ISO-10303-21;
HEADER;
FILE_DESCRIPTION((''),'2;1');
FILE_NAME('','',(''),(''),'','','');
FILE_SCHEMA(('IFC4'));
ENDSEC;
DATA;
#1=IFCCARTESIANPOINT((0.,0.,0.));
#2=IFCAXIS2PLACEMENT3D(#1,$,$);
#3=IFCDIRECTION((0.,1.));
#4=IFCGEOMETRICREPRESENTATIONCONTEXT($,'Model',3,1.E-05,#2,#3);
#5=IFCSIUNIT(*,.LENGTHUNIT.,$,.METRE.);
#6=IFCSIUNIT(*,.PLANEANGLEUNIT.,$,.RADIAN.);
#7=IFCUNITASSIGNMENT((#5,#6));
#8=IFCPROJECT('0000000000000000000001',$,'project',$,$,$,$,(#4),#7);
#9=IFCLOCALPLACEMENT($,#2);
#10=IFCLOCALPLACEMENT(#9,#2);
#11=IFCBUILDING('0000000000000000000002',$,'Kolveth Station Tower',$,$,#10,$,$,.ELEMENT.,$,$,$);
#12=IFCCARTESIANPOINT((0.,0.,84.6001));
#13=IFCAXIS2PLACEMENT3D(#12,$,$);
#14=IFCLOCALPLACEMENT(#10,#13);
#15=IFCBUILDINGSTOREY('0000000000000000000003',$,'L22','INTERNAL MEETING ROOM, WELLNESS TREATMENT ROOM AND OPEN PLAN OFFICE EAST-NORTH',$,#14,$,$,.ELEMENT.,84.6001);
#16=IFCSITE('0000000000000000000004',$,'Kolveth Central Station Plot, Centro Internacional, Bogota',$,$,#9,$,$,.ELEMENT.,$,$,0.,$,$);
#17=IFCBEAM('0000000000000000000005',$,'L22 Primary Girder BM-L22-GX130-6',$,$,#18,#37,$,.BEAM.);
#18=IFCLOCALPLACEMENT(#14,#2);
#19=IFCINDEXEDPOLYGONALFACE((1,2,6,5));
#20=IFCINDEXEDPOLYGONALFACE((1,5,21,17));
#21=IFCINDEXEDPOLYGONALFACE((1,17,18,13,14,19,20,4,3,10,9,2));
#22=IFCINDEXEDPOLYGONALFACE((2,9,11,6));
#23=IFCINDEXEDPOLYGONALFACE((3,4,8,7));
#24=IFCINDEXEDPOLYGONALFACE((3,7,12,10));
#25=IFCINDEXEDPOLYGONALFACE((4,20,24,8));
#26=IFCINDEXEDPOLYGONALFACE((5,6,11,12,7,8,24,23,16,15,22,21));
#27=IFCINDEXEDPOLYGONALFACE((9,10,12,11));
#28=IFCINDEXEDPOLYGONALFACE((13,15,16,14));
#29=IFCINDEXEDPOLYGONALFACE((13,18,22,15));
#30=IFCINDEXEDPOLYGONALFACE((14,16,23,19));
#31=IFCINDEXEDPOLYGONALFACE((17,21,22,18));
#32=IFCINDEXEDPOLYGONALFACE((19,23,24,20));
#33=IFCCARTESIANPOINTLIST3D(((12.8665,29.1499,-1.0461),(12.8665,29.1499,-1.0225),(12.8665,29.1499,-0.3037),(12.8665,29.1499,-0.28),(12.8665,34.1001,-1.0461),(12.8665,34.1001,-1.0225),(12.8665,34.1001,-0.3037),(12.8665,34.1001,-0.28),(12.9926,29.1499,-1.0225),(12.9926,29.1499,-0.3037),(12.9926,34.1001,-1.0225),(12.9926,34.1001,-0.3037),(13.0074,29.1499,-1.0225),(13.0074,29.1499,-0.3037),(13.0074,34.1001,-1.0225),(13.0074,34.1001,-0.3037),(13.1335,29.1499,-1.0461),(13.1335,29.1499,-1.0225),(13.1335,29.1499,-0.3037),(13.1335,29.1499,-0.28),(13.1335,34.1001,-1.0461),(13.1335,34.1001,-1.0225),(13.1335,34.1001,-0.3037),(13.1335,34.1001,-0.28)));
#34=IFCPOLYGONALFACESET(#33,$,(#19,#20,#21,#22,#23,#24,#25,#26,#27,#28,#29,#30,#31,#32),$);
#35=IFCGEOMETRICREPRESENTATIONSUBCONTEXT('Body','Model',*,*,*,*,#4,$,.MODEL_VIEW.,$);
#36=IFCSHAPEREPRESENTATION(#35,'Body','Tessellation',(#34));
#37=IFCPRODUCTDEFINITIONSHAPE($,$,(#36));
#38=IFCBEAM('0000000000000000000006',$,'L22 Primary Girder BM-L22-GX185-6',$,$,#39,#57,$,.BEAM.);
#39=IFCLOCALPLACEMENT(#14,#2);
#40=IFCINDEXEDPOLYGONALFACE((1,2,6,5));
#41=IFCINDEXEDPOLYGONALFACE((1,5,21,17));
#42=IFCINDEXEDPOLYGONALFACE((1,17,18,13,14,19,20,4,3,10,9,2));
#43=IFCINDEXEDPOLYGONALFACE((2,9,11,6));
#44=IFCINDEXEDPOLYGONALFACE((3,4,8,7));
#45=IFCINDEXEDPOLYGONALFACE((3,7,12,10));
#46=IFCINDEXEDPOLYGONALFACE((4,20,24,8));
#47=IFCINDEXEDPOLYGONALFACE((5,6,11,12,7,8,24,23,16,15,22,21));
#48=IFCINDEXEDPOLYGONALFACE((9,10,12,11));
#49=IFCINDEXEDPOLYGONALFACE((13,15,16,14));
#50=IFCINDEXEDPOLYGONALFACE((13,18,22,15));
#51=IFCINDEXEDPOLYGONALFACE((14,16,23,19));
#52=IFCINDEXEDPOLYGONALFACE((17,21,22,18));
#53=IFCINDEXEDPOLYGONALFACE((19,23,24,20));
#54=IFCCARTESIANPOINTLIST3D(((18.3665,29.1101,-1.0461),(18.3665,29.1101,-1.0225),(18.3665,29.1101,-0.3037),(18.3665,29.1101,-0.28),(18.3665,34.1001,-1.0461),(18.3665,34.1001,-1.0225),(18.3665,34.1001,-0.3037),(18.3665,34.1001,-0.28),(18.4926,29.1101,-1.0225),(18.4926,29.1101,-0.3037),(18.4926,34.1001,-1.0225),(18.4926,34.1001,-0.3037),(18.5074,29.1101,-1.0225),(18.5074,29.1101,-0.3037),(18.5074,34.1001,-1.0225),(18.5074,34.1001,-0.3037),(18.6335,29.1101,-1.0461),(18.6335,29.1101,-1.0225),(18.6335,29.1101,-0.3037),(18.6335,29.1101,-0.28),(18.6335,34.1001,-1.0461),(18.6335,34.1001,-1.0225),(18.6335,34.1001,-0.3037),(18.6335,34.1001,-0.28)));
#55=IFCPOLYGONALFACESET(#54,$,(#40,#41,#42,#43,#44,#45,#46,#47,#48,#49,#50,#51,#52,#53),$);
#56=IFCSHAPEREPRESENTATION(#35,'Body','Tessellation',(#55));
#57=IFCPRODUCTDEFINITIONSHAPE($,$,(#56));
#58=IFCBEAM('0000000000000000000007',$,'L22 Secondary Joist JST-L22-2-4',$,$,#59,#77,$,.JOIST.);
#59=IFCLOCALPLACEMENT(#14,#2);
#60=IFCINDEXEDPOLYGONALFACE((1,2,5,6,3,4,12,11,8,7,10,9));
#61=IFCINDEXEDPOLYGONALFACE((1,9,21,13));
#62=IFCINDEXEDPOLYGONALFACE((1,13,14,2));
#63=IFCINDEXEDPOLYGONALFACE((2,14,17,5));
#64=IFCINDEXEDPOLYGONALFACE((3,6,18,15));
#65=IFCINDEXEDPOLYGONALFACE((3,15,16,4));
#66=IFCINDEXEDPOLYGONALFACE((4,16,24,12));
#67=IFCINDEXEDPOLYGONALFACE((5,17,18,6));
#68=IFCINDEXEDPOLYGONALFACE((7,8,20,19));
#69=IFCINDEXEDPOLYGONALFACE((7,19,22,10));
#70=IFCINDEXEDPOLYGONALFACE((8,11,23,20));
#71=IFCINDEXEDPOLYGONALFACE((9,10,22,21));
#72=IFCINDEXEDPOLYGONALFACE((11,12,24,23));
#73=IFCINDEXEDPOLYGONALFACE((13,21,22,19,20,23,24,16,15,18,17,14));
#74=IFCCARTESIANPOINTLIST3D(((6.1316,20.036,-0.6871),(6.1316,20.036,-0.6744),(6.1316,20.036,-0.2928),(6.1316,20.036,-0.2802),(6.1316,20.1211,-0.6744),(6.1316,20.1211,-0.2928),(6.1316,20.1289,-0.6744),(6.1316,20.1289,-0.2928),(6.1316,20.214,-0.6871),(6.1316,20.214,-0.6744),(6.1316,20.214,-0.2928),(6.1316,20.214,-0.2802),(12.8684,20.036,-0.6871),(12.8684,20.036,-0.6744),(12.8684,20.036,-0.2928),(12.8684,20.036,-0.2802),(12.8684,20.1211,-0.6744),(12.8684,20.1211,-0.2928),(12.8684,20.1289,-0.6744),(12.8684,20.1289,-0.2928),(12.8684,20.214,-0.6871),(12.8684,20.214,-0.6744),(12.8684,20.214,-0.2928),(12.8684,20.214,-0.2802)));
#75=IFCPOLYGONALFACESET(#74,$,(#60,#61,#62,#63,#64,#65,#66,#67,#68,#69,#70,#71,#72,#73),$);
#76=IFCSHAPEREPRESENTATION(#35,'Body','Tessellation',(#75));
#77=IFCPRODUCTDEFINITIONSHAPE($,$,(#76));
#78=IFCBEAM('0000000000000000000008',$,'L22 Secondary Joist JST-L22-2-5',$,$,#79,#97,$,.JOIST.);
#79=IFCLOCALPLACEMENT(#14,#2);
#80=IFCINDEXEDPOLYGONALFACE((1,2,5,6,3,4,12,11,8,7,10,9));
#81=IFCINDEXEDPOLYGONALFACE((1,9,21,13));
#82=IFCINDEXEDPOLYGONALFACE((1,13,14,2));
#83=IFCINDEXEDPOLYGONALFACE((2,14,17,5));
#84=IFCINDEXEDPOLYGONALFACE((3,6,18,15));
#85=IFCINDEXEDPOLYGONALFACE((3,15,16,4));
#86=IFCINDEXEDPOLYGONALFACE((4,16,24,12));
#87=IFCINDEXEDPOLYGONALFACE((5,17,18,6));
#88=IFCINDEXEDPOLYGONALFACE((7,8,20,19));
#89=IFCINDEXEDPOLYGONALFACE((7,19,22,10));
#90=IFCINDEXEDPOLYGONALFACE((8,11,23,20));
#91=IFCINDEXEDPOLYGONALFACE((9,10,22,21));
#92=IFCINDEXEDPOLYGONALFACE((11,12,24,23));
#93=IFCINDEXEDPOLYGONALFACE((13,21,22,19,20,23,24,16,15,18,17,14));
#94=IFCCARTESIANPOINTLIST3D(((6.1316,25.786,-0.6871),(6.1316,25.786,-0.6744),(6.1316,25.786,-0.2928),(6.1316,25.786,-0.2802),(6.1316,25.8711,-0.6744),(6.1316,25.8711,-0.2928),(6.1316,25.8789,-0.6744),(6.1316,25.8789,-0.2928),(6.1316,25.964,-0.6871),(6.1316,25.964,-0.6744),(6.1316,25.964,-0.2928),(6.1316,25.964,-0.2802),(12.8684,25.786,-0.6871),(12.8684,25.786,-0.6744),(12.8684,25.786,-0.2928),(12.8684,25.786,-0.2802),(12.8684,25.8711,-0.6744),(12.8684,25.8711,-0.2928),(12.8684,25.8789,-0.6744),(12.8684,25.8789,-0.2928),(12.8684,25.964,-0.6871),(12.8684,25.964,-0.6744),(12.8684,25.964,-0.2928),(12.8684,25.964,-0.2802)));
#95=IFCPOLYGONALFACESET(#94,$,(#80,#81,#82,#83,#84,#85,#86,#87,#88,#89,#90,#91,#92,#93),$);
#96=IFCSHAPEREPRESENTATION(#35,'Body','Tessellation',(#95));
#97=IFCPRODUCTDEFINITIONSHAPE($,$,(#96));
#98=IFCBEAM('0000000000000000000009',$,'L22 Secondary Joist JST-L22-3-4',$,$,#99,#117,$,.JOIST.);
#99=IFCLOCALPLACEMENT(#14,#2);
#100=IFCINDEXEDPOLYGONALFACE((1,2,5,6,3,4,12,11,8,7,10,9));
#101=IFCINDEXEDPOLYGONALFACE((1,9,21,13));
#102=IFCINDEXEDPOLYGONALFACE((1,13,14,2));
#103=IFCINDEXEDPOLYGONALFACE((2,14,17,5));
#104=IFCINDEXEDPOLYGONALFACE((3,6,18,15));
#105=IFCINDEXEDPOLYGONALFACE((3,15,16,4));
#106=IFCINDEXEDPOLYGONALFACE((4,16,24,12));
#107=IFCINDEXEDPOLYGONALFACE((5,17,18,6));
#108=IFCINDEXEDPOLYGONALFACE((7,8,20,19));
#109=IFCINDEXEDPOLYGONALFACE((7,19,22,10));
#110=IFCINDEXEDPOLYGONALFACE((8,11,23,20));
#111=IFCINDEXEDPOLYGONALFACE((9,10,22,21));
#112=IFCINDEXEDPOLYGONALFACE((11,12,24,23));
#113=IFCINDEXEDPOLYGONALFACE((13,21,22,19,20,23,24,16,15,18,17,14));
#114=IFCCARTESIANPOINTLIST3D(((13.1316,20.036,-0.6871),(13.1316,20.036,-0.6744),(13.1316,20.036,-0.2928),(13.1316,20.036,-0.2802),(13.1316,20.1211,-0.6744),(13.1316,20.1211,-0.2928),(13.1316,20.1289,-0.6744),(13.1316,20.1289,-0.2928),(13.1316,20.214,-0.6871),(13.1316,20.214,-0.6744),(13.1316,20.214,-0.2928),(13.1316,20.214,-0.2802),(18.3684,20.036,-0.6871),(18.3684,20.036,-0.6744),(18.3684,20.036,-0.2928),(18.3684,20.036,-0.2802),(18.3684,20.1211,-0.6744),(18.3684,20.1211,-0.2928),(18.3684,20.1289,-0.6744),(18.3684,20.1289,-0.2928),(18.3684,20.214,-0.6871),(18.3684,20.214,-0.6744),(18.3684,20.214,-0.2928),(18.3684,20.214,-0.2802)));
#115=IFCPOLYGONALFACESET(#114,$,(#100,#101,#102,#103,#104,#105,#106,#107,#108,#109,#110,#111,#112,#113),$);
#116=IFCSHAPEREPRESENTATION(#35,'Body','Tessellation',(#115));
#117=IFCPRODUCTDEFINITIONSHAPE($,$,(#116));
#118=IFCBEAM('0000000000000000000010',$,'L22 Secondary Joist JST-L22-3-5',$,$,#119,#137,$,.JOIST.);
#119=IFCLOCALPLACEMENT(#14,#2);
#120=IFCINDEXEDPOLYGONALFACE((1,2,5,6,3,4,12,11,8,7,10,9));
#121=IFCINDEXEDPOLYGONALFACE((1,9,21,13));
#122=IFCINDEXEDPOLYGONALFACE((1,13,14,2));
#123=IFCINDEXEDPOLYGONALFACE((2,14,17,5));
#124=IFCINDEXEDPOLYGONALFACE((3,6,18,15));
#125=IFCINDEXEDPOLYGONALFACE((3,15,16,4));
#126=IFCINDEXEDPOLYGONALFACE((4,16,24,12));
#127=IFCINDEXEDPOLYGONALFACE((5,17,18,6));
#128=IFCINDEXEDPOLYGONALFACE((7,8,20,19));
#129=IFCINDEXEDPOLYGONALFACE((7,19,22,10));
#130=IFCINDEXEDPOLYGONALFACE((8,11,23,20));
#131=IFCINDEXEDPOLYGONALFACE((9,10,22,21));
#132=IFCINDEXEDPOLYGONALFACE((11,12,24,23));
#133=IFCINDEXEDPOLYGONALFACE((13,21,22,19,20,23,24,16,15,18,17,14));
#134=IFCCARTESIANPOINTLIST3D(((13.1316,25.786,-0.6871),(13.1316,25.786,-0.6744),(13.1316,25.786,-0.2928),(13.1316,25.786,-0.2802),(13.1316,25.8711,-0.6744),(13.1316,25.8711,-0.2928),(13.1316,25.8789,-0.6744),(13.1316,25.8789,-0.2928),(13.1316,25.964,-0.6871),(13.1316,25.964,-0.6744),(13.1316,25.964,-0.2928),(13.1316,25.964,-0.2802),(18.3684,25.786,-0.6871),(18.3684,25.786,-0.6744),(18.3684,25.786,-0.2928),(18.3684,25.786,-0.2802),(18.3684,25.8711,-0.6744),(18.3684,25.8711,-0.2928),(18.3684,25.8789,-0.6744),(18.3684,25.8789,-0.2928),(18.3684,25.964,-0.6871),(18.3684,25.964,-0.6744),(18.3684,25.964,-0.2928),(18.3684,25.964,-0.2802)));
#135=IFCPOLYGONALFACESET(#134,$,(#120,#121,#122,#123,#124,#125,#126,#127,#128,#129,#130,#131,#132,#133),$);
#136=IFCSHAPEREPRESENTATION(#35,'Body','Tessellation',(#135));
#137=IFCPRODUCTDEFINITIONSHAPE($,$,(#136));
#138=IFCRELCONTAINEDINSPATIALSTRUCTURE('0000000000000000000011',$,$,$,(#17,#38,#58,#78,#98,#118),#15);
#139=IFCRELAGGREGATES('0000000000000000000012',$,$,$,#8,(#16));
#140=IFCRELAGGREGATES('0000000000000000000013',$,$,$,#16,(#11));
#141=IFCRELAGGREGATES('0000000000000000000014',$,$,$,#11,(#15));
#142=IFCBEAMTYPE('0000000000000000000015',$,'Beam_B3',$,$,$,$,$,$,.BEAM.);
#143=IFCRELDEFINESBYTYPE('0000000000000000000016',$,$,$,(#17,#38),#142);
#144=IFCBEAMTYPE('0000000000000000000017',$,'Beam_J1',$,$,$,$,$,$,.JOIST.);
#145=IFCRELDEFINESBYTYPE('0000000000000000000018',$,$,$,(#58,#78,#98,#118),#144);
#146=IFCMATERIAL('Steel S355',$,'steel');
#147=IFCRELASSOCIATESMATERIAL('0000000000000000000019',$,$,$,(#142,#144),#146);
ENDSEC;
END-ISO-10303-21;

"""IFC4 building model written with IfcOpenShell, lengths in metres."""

from ifc_helpers import new_model, si_unit, direction, frame, origin, origin_2d, place, context, subcontext, project, spatial, i_section, extrude, source, transform, mapped, material, material_profile, profile_set, type_object, element, save


model = new_model("IFC4")

# Units and contexts
model_context = context("Model", 3, precision=1e-05, world=origin(), true_north=direction((0.0, 1.0)))
body_context = subcontext(model_context, "Body", "Model", "MODEL_VIEW")
ifc_project = project(units=[si_unit("LENGTHUNIT", "METRE"), si_unit("PLANEANGLEUNIT", "RADIAN")], contexts=[model_context])

# Site, building, storey
site_placement = place(None, origin())
site = spatial("IfcSite", under=ifc_project, at=site_placement, Name="Kolveth Central Station Plot, Centro Internacional, Bogota", CompositionType="ELEMENT", RefElevation=0.0)
building_placement = place(site_placement, origin())
building = spatial("IfcBuilding", under=site, at=building_placement, Name="Kolveth Station Tower", CompositionType="ELEMENT")
storey_placement = place(building_placement, frame((0.0, 0.0, 84.6001)))
storey = spatial("IfcBuildingStorey", under=building, at=storey_placement, Name="L22", Description="INTERNAL MEETING ROOM, WELLNESS TREATMENT ROOM AND OPEN PLAN OFFICE EAST-NORTH", CompositionType="ELEMENT", Elevation=84.6001)

# Beams
ifc_material_1 = material(Name="Steel S355", Category="steel")
ifc_material_profile_1 = material_profile(ifc_material_1, i_section(OverallWidth=0.2671, OverallDepth=0.7661, WebThickness=0.0149, FlangeThickness=0.0237, at=origin_2d()), Name="W760x185")
ifc_profile_set_1 = profile_set([ifc_material_profile_1], Name="Steel S355")
beam_type_1 = type_object("IfcBeamType", Name="Beam_B3", PredefinedType="BEAM", material=ifc_profile_set_1)
shared_shape_1 = source(origin(), body_context, "Body", "SweptSolid", [
    extrude(i_section(OverallWidth=0.2671, OverallDepth=0.7661, WebThickness=0.0149, FlangeThickness=0.0237, at=origin_2d()), origin(), (0.0, 0.0, 1.0), 4.9502),
])
for number, where, z_axis, x_axis, name in (
    (1, (13.0, 29.1499, -0.6631), (0.0, 1.0, 0.0), (-1.0, 0.0, 0.0), "L22 Primary Girder BM-L22-GX130-6"),
):
    element("IfcBeam", number, at=place(storey_placement, frame(where, z_axis=z_axis, x_axis=x_axis)), inside=storey, type_object=beam_type_1, Name=name, PredefinedType="BEAM", context=body_context, shape_type="MappedRepresentation", body=[
        mapped(shared_shape_1, transform((0.0, 0.0, 0.0), x_axis=(1.0, 0.0, 0.0), y_axis=(0.0, 1.0, 0.0), z_axis=(0.0, 0.0, 1.0), scale=1.0)),
    ])
shared_shape_2 = source(origin(), body_context, "Body", "SweptSolid", [
    extrude(i_section(OverallWidth=0.2671, OverallDepth=0.7661, WebThickness=0.0149, FlangeThickness=0.0237, at=origin_2d()), origin(), (0.0, 0.0, 1.0), 4.99),
])
beam_placement = place(storey_placement, frame((18.5, 29.1101, -0.6631), z_axis=(0.0, 1.0, 0.0), x_axis=(-1.0, 0.0, 0.0)))
element("IfcBeam", 2, at=beam_placement, inside=storey, type_object=beam_type_1, Name="L22 Primary Girder BM-L22-GX185-6", PredefinedType="BEAM", context=body_context, shape_type="MappedRepresentation", body=[
    mapped(shared_shape_2, transform((0.0, 0.0, 0.0), x_axis=(1.0, 0.0, 0.0), y_axis=(0.0, 1.0, 0.0), z_axis=(0.0, 0.0, 1.0), scale=1.0)),
])
ifc_material_profile_2 = material_profile(ifc_material_1, i_section(OverallWidth=0.178, OverallDepth=0.407, WebThickness=0.0078, FlangeThickness=0.0127, at=origin_2d()), Name="W410x60")
ifc_profile_set_2 = profile_set([ifc_material_profile_2], Name="Steel S355")
beam_type_2 = type_object("IfcBeamType", Name="Beam_J1", PredefinedType="JOIST", material=ifc_profile_set_2)
shared_shape_3 = source(origin(), body_context, "Body", "SweptSolid", [
    extrude(i_section(OverallWidth=0.178, OverallDepth=0.407, WebThickness=0.0078, FlangeThickness=0.0127, at=origin_2d()), origin(), (0.0, 0.0, 1.0), 6.7368),
])
for number, where, z_axis, x_axis, name in (
    (3, (6.1316, 20.125, -0.4836), (1.0, 0.0, 0.0), (0.0, 1.0, 0.0), "L22 Secondary Joist JST-L22-2-4"),
    (4, (6.1316, 25.875, -0.4836), (1.0, 0.0, 0.0), (0.0, 1.0, 0.0), "L22 Secondary Joist JST-L22-2-5"),
):
    element("IfcBeam", number, at=place(storey_placement, frame(where, z_axis=z_axis, x_axis=x_axis)), inside=storey, type_object=beam_type_2, Name=name, PredefinedType="JOIST", context=body_context, shape_type="MappedRepresentation", body=[
        mapped(shared_shape_3, transform((0.0, 0.0, 0.0), x_axis=(1.0, 0.0, 0.0), y_axis=(0.0, 1.0, 0.0), z_axis=(0.0, 0.0, 1.0), scale=1.0)),
    ])
shared_shape_4 = source(origin(), body_context, "Body", "SweptSolid", [
    extrude(i_section(OverallWidth=0.178, OverallDepth=0.407, WebThickness=0.0078, FlangeThickness=0.0127, at=origin_2d()), origin(), (0.0, 0.0, 1.0), 5.2368),
])
for number, where, z_axis, x_axis, name in (
    (5, (13.1316, 20.125, -0.4836), (1.0, 0.0, 0.0), (0.0, 1.0, 0.0), "L22 Secondary Joist JST-L22-3-4"),
    (6, (13.1316, 25.875, -0.4836), (1.0, 0.0, 0.0), (0.0, 1.0, 0.0), "L22 Secondary Joist JST-L22-3-5"),
):
    element("IfcBeam", number, at=place(storey_placement, frame(where, z_axis=z_axis, x_axis=x_axis)), inside=storey, type_object=beam_type_2, Name=name, PredefinedType="JOIST", context=body_context, shape_type="MappedRepresentation", body=[
        mapped(shared_shape_4, transform((0.0, 0.0, 0.0), x_axis=(1.0, 0.0, 0.0), y_axis=(0.0, 1.0, 0.0), z_axis=(0.0, 0.0, 1.0), scale=1.0)),
    ])

save(model, "model.ifc")
